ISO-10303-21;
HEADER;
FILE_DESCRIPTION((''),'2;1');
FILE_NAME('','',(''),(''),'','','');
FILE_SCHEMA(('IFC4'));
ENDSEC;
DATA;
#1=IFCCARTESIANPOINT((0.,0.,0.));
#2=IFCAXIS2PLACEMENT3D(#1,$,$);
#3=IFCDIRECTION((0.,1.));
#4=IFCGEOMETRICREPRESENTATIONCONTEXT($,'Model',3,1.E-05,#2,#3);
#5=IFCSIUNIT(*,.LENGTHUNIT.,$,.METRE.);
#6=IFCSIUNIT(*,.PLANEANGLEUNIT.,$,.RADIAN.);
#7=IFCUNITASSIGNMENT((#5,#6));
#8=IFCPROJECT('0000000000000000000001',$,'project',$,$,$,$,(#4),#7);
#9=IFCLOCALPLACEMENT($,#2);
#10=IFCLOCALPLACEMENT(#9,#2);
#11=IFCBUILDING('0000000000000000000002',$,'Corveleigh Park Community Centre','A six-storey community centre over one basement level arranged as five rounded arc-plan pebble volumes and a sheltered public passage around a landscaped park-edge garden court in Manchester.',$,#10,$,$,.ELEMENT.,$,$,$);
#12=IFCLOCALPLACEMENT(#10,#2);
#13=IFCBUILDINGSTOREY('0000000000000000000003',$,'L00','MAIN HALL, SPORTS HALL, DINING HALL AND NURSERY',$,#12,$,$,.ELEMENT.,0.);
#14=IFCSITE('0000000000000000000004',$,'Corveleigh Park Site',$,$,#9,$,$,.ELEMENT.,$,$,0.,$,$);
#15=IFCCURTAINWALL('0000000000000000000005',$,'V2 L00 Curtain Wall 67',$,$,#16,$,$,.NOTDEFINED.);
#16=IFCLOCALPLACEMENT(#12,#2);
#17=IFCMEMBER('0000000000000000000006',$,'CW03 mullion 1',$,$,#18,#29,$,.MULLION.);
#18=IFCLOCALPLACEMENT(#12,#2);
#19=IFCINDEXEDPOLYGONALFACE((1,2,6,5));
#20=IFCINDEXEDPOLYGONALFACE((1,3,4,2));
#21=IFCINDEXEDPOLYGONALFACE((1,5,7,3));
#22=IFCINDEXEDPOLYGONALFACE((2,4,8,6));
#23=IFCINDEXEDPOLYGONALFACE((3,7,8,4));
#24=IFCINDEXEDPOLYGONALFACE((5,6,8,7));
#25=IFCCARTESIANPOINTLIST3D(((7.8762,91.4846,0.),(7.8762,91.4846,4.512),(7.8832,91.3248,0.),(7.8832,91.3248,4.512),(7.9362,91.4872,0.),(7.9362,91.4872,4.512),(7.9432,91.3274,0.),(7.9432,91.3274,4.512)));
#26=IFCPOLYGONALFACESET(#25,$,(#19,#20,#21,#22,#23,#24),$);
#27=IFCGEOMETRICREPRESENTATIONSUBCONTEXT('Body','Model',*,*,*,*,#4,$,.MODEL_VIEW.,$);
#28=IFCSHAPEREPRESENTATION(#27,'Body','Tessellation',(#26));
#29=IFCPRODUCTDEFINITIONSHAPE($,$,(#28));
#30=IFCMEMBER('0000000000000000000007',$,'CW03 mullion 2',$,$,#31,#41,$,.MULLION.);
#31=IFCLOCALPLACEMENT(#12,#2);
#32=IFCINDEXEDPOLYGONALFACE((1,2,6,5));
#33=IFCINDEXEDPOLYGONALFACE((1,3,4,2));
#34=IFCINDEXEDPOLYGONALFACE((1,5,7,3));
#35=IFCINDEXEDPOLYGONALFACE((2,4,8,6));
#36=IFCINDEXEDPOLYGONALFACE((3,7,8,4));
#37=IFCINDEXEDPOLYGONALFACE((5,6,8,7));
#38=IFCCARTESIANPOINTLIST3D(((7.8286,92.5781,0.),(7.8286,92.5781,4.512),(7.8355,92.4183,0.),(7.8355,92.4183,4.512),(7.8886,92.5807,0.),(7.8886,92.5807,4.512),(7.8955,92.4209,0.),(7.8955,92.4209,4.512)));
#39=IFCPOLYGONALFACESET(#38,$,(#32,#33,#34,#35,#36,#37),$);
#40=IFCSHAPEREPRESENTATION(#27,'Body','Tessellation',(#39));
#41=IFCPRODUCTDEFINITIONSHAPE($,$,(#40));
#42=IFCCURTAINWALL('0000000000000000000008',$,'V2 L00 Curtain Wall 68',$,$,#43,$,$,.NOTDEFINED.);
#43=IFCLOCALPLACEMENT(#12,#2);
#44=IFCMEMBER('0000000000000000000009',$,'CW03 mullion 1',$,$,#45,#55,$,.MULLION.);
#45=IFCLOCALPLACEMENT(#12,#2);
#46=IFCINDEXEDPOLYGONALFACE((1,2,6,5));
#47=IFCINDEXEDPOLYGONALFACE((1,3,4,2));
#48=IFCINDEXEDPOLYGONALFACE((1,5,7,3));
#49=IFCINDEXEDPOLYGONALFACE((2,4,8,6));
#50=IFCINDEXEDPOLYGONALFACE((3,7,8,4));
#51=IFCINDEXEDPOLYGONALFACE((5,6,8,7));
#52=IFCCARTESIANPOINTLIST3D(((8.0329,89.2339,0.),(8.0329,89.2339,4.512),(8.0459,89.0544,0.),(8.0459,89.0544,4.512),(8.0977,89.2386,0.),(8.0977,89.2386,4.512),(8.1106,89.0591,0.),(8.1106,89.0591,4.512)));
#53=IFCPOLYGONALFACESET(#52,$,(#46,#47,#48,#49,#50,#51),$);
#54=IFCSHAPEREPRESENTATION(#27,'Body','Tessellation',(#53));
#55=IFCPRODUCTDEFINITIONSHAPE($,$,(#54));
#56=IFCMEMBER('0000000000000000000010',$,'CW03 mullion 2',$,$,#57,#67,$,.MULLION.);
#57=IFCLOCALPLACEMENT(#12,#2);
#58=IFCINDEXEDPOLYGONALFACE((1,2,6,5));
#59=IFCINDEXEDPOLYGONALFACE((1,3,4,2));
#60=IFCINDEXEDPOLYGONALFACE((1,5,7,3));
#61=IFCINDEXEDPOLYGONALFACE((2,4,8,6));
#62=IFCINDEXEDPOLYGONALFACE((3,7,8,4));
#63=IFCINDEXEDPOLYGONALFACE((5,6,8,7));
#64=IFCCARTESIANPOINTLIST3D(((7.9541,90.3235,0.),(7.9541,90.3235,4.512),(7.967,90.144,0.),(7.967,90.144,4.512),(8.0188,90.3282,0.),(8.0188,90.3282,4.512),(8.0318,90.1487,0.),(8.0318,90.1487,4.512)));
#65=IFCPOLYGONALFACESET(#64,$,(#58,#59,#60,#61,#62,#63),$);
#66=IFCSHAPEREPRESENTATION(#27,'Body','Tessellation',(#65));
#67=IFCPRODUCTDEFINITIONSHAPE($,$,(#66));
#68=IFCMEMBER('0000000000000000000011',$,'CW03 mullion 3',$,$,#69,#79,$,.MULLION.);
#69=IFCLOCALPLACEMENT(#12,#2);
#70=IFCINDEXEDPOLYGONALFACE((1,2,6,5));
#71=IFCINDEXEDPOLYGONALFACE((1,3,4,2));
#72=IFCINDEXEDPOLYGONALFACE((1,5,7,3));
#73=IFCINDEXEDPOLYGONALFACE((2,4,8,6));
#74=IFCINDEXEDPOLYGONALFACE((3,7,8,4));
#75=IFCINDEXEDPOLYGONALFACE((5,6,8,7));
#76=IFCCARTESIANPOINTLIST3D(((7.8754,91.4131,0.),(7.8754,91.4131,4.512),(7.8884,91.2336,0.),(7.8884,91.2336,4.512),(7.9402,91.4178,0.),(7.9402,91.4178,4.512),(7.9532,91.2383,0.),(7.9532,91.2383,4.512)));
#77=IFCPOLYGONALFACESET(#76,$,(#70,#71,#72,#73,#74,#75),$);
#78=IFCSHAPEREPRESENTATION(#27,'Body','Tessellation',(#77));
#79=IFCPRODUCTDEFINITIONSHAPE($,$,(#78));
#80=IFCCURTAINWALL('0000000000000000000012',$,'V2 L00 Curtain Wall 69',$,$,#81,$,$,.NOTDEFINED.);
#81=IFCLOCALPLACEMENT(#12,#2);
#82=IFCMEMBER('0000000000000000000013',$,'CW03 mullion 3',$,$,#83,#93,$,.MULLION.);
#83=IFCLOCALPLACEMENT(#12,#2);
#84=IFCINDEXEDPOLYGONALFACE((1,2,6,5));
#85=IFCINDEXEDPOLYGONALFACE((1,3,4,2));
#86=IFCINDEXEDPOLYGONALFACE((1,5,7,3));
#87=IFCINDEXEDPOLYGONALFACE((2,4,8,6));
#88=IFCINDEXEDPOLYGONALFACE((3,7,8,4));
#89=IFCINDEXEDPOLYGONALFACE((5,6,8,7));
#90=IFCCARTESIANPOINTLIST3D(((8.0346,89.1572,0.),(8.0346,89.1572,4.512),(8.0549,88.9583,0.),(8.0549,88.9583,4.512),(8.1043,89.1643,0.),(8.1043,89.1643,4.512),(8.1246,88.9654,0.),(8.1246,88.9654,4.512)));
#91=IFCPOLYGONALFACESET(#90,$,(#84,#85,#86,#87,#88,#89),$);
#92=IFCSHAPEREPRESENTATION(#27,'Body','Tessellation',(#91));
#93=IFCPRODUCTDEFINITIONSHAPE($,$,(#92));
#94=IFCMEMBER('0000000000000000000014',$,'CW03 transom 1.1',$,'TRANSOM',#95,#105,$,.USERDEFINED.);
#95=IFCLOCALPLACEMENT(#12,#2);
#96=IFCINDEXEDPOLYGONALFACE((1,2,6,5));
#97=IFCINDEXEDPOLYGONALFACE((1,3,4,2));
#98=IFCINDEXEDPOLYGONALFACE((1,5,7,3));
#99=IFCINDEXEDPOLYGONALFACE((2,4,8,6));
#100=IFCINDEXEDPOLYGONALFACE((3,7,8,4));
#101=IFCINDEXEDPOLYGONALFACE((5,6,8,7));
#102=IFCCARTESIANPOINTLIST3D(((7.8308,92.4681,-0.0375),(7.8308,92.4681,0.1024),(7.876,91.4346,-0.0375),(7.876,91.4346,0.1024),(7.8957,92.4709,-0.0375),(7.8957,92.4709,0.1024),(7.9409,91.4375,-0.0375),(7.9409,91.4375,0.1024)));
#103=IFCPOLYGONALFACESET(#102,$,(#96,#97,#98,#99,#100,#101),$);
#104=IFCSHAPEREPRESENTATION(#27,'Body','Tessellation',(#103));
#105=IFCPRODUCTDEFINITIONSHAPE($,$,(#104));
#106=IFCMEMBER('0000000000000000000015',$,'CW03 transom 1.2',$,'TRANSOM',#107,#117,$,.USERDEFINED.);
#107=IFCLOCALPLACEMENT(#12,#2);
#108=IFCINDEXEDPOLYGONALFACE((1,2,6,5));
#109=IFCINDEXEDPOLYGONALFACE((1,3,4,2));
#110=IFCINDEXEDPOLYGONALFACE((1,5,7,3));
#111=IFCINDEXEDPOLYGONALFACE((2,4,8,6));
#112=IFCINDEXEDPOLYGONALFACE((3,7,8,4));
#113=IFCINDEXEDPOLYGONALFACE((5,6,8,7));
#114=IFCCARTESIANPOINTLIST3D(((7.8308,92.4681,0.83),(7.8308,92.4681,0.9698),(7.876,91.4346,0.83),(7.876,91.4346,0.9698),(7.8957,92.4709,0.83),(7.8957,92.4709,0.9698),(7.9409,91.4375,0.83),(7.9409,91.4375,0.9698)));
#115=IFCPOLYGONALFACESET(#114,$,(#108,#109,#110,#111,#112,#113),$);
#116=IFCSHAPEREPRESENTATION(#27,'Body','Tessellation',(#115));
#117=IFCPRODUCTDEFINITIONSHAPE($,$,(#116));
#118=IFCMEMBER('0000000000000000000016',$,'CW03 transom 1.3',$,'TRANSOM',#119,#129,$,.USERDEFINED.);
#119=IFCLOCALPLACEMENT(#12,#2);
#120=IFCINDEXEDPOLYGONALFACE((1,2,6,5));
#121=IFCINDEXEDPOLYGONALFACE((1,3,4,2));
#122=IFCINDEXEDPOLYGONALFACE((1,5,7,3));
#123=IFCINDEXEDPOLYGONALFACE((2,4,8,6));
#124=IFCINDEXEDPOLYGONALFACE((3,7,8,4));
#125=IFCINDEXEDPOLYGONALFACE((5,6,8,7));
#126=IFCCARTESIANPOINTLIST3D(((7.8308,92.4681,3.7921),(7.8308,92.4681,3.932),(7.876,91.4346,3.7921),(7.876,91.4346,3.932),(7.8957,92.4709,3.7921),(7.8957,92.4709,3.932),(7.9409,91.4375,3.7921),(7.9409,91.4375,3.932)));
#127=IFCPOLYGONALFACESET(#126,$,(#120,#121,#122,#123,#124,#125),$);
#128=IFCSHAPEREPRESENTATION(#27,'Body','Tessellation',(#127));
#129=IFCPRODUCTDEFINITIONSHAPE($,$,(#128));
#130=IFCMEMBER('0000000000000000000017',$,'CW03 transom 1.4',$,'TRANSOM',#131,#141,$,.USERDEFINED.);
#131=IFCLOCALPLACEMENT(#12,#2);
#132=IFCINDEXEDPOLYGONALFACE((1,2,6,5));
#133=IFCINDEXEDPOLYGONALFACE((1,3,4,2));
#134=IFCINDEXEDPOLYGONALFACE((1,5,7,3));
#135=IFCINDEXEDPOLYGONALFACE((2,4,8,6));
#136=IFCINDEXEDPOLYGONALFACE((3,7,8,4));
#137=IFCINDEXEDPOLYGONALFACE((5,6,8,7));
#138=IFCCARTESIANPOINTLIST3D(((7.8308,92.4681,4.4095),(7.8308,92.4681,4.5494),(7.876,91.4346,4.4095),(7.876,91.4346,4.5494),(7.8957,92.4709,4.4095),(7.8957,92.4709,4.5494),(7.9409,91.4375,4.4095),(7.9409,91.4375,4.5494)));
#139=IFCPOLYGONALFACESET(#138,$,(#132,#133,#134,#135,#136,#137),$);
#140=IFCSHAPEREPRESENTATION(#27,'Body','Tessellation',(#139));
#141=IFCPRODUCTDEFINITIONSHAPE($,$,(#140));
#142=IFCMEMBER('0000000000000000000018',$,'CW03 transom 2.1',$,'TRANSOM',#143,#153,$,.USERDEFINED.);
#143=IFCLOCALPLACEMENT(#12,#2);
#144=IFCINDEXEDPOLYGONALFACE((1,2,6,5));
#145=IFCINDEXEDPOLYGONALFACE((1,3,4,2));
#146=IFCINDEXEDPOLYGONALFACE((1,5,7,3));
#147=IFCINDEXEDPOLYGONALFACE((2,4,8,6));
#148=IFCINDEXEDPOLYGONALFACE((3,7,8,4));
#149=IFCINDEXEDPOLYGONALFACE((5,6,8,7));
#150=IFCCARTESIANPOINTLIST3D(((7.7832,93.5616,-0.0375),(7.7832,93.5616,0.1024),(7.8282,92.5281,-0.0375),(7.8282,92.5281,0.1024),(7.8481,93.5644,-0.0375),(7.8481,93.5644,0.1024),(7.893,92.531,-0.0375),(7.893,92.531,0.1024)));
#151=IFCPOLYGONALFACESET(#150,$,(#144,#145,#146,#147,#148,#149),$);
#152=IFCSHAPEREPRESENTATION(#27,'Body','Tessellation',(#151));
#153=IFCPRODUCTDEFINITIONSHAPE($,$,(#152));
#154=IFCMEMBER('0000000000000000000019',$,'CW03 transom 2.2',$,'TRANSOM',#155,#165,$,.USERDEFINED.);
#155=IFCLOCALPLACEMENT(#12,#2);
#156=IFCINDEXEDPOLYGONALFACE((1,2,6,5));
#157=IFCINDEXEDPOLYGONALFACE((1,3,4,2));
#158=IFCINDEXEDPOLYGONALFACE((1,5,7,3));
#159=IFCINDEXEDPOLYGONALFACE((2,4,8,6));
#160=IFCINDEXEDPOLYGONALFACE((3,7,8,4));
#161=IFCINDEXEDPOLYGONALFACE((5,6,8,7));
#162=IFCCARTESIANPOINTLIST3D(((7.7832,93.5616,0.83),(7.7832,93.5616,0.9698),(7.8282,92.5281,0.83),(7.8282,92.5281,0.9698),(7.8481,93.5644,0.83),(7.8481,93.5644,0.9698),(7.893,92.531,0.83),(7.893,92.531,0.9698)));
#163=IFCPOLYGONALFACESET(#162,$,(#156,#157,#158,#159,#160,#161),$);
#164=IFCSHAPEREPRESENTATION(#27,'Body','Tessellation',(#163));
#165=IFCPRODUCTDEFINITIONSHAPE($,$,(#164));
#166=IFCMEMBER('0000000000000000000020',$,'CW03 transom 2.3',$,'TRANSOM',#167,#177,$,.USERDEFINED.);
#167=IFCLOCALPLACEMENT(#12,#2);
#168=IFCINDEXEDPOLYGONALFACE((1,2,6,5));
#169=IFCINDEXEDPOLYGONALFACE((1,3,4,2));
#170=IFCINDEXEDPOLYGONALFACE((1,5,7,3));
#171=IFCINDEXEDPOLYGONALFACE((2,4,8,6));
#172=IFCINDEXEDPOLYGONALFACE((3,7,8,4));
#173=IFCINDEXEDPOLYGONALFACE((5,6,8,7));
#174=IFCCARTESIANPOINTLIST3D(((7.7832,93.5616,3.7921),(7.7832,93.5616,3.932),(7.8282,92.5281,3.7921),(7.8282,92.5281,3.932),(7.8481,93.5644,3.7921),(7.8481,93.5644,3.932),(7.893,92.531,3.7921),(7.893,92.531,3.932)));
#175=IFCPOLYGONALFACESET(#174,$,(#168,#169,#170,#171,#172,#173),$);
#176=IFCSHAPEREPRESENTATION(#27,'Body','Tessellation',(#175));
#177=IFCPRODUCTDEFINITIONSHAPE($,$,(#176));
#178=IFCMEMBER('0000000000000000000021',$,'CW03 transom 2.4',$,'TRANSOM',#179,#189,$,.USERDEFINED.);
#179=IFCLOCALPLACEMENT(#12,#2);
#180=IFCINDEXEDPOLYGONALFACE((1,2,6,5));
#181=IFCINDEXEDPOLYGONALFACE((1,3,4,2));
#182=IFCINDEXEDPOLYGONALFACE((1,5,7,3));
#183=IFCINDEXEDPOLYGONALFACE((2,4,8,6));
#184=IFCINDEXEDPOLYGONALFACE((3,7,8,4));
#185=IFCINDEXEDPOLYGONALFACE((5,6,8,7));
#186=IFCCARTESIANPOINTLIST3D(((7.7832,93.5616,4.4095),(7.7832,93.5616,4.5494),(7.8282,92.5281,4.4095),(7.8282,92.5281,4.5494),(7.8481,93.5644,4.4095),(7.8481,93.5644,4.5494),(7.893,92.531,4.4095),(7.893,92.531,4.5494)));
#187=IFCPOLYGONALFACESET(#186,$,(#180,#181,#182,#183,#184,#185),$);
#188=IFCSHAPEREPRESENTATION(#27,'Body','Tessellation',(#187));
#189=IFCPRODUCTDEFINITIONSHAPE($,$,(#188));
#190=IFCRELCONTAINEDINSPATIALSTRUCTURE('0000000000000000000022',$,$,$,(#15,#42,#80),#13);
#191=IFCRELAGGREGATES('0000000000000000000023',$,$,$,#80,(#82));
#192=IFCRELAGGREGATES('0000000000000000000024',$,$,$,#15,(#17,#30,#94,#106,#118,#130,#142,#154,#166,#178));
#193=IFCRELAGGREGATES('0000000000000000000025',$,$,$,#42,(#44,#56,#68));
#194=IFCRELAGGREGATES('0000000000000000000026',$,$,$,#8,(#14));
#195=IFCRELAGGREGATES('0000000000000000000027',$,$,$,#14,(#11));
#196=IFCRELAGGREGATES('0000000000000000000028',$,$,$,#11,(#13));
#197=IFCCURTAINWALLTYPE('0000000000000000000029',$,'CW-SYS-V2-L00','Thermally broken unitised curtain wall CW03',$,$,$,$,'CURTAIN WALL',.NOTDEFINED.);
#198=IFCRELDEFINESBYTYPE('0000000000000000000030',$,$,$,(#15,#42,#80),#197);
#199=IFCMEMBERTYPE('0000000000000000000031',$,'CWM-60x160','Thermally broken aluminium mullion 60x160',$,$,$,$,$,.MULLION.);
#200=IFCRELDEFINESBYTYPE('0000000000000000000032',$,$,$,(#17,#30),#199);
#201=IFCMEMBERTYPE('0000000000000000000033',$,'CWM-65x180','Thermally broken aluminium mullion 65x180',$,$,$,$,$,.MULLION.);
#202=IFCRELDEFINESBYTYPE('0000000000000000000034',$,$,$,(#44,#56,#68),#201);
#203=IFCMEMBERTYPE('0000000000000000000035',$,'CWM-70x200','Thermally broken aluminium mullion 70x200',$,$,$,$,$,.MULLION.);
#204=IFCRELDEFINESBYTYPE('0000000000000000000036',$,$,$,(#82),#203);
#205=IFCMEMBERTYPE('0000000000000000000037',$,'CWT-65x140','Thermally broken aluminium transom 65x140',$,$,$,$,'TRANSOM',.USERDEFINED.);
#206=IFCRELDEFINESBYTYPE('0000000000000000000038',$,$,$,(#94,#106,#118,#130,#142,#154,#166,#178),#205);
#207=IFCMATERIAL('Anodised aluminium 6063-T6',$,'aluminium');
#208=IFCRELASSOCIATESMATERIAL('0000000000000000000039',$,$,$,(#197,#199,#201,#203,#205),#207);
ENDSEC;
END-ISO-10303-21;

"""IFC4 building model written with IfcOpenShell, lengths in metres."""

from ifc_helpers import new_model, si_unit, direction, frame, origin, origin_2d, place, context, subcontext, project, spatial, rectangle, extrude, material, material_profile, profile_set, type_object, element, aggregate, save


model = new_model("IFC4")

# Units and contexts
model_context = context("Model", 3, precision=1e-05, world=origin(), true_north=direction((0.0, 1.0)))
body_context = subcontext(model_context, "Body", "Model", "MODEL_VIEW")
ifc_project = project(units=[si_unit("LENGTHUNIT", "METRE"), si_unit("PLANEANGLEUNIT", "RADIAN")], contexts=[model_context])

# Site, building, storey
site_placement = place(None, origin())
site = spatial("IfcSite", under=ifc_project, at=site_placement, Name="Corveleigh Park Site", CompositionType="ELEMENT", RefElevation=0.0)
building_placement = place(site_placement, origin())
building = spatial("IfcBuilding", under=site, at=building_placement, Name="Corveleigh Park Community Centre", Description="A six-storey community centre over one basement level arranged as five rounded arc-plan pebble volumes and a sheltered public passage around a landscaped park-edge garden court in Manchester.", CompositionType="ELEMENT")
storey_placement = place(building_placement, origin())
storey = spatial("IfcBuildingStorey", under=building, at=storey_placement, Name="L00", Description="MAIN HALL, SPORTS HALL, DINING HALL AND NURSERY", CompositionType="ELEMENT", Elevation=0.0)

# Curtain walls, members
ifc_material_1 = material(Name="Anodised aluminium 6063-T6", Category="aluminium")
curtain_wall_type = type_object("IfcCurtainWallType", Name="CW-SYS-V2-L00", Description="Thermally broken unitised curtain wall CW03", ElementType="CURTAIN WALL", PredefinedType="NOTDEFINED", material=ifc_material_1)
curtain_wall_1_placement = place(storey_placement, origin())
curtain_wall_1 = element("IfcCurtainWall", 1, at=curtain_wall_1_placement, inside=storey, type_object=curtain_wall_type, Name="V2 L00 Curtain Wall 67", PredefinedType="NOTDEFINED")
ifc_material_profile_1 = material_profile(ifc_material_1, rectangle(XDim=0.0601, YDim=0.1599, at=origin_2d()), Name="ALU-M60x160", Category="aluminium")
ifc_profile_set_1 = profile_set([ifc_material_profile_1], Name="Anodised aluminium 6063-T6")
member_type_1 = type_object("IfcMemberType", Name="CWM-60x160", Description="Thermally broken aluminium mullion 60x160", PredefinedType="MULLION", material=ifc_profile_set_1)
member_1_placement = place(storey_placement, frame((7.9097, 91.406, 0.0), z_axis=(0.0, 0.0, 1.0), x_axis=(-0.99905, -0.043572, 0.0)))
member_1 = element("IfcMember", 2, at=member_1_placement, type_object=member_type_1, Name="CW03 mullion 1", PredefinedType="MULLION", context=body_context, shape_type="SweptSolid", body=[
    extrude(rectangle(XDim=0.0601, YDim=0.1599, at=origin_2d()), origin(), (0.0, 0.0, 1.0), 4.512),
])
member_2_placement = place(storey_placement, frame((7.8621, 92.4995, 0.0), z_axis=(0.0, 0.0, 1.0), x_axis=(-0.99905, -0.043572, 0.0)))
member_2 = element("IfcMember", 3, at=member_2_placement, type_object=member_type_1, Name="CW03 mullion 2", PredefinedType="MULLION", context=body_context, shape_type="SweptSolid", body=[
    extrude(rectangle(XDim=0.0601, YDim=0.1599, at=origin_2d()), origin(), (0.0, 0.0, 1.0), 4.512),
])
curtain_wall_2_placement = place(storey_placement, origin())
curtain_wall_2 = element("IfcCurtainWall", 4, at=curtain_wall_2_placement, inside=storey, type_object=curtain_wall_type, Name="V2 L00 Curtain Wall 68", PredefinedType="NOTDEFINED")
ifc_material_profile_2 = material_profile(ifc_material_1, rectangle(XDim=0.0649, YDim=0.1799, at=origin_2d()), Name="ALU-M65x180", Category="aluminium")
ifc_profile_set_2 = profile_set([ifc_material_profile_2], Name="Anodised aluminium 6063-T6")
member_type_2 = type_object("IfcMemberType", Name="CWM-65x180", Description="Thermally broken aluminium mullion 65x180", PredefinedType="MULLION", material=ifc_profile_set_2)
member_3_placement = place(storey_placement, frame((8.0718, 89.1465, 0.0), z_axis=(0.0, 0.0, 1.0), x_axis=(-0.997404, -0.072005, 0.0)))
member_3 = element("IfcMember", 5, at=member_3_placement, type_object=member_type_2, Name="CW03 mullion 1", PredefinedType="MULLION", context=body_context, shape_type="SweptSolid", body=[
    extrude(rectangle(XDim=0.0649, YDim=0.1799, at=origin_2d()), origin(), (0.0, 0.0, 1.0), 4.512),
])
member_4_placement = place(storey_placement, frame((7.9929, 90.2361, 0.0), z_axis=(0.0, 0.0, 1.0), x_axis=(-0.997404, -0.072005, 0.0)))
member_4 = element("IfcMember", 6, at=member_4_placement, type_object=member_type_2, Name="CW03 mullion 2", PredefinedType="MULLION", context=body_context, shape_type="SweptSolid", body=[
    extrude(rectangle(XDim=0.0649, YDim=0.1799, at=origin_2d()), origin(), (0.0, 0.0, 1.0), 4.512),
])
member_5_placement = place(storey_placement, frame((7.9143, 91.3257, 0.0), z_axis=(0.0, 0.0, 1.0), x_axis=(-0.997404, -0.072005, 0.0)))
member_5 = element("IfcMember", 7, at=member_5_placement, type_object=member_type_2, Name="CW03 mullion 3", PredefinedType="MULLION", context=body_context, shape_type="SweptSolid", body=[
    extrude(rectangle(XDim=0.0649, YDim=0.1799, at=origin_2d()), origin(), (0.0, 0.0, 1.0), 4.512),
])

# Curtain wall, member
curtain_wall_3_placement = place(storey_placement, origin())
curtain_wall_3 = element("IfcCurtainWall", 8, at=curtain_wall_3_placement, inside=storey, type_object=curtain_wall_type, Name="V2 L00 Curtain Wall 69", PredefinedType="NOTDEFINED")
ifc_material_profile_3 = material_profile(ifc_material_1, rectangle(XDim=0.0701, YDim=0.2, at=origin_2d()), Name="ALU-M70x200", Category="aluminium")
ifc_profile_set_3 = profile_set([ifc_material_profile_3], Name="Anodised aluminium 6063-T6")
member_type_3 = type_object("IfcMemberType", Name="CWM-70x200", Description="Thermally broken aluminium mullion 70x200", PredefinedType="MULLION", material=ifc_profile_set_3)
member_6_placement = place(storey_placement, frame((8.0796, 89.0613, 0.0), z_axis=(0.0, 0.0, 1.0), x_axis=(-0.994851, -0.101352, 0.0)))
member_6 = element("IfcMember", 9, at=member_6_placement, type_object=member_type_3, Name="CW03 mullion 3", PredefinedType="MULLION", context=body_context, shape_type="SweptSolid", body=[
    extrude(rectangle(XDim=0.0701, YDim=0.2, at=origin_2d()), origin(), (0.0, 0.0, 1.0), 4.512),
])
aggregate(curtain_wall_3, [member_6])

# Members
ifc_material_profile_4 = material_profile(ifc_material_1, rectangle(XDim=0.0649, YDim=0.1399, at=origin_2d()), Name="ALU-T65x140", Category="aluminium")
ifc_profile_set_4 = profile_set([ifc_material_profile_4], Name="Anodised aluminium 6063-T6")
member_type_4 = type_object("IfcMemberType", Name="CWT-65x140", Description="Thermally broken aluminium transom 65x140", ElementType="TRANSOM", PredefinedType="USERDEFINED", material=ifc_profile_set_4)
member_7_placement = place(storey_placement, frame((7.9084, 91.436, 0.0325), z_axis=(-0.043663, 0.999046, 0.0), x_axis=(-0.999046, -0.043663, 0.0)))
member_7 = element("IfcMember", 10, at=member_7_placement, type_object=member_type_4, Name="CW03 transom 1.1", ObjectType="TRANSOM", PredefinedType="USERDEFINED", context=body_context, shape_type="SweptSolid", body=[
    extrude(rectangle(XDim=0.0649, YDim=0.1399, at=origin_2d()), origin(), (0.0, 0.0, 1.0), 1.0344),
])
member_8_placement = place(storey_placement, frame((7.9084, 91.436, 0.8999), z_axis=(-0.043663, 0.999046, 0.0), x_axis=(-0.999046, -0.043663, 0.0)))
member_8 = element("IfcMember", 11, at=member_8_placement, type_object=member_type_4, Name="CW03 transom 1.2", ObjectType="TRANSOM", PredefinedType="USERDEFINED", context=body_context, shape_type="SweptSolid", body=[
    extrude(rectangle(XDim=0.0649, YDim=0.1399, at=origin_2d()), origin(), (0.0, 0.0, 1.0), 1.0344),
])
member_9_placement = place(storey_placement, frame((7.9084, 91.436, 3.8621), z_axis=(-0.043663, 0.999046, 0.0), x_axis=(-0.999046, -0.043663, 0.0)))
member_9 = element("IfcMember", 12, at=member_9_placement, type_object=member_type_4, Name="CW03 transom 1.3", ObjectType="TRANSOM", PredefinedType="USERDEFINED", context=body_context, shape_type="SweptSolid", body=[
    extrude(rectangle(XDim=0.0649, YDim=0.1399, at=origin_2d()), origin(), (0.0, 0.0, 1.0), 1.0344),
])
member_10_placement = place(storey_placement, frame((7.9084, 91.436, 4.4795), z_axis=(-0.043663, 0.999046, 0.0), x_axis=(-0.999046, -0.043663, 0.0)))
member_10 = element("IfcMember", 13, at=member_10_placement, type_object=member_type_4, Name="CW03 transom 1.4", ObjectType="TRANSOM", PredefinedType="USERDEFINED", context=body_context, shape_type="SweptSolid", body=[
    extrude(rectangle(XDim=0.0649, YDim=0.1399, at=origin_2d()), origin(), (0.0, 0.0, 1.0), 1.0344),
])
member_11_placement = place(storey_placement, frame((7.8606, 92.5295, 0.0325), z_axis=(-0.043427, 0.999057, 0.0), x_axis=(-0.999057, -0.043427, 0.0)))
member_11 = element("IfcMember", 14, at=member_11_placement, type_object=member_type_4, Name="CW03 transom 2.1", ObjectType="TRANSOM", PredefinedType="USERDEFINED", context=body_context, shape_type="SweptSolid", body=[
    extrude(rectangle(XDim=0.0649, YDim=0.1399, at=origin_2d()), origin(), (0.0, 0.0, 1.0), 1.0344),
])
member_12_placement = place(storey_placement, frame((7.8606, 92.5295, 0.8999), z_axis=(-0.043427, 0.999057, 0.0), x_axis=(-0.999057, -0.043427, 0.0)))
member_12 = element("IfcMember", 15, at=member_12_placement, type_object=member_type_4, Name="CW03 transom 2.2", ObjectType="TRANSOM", PredefinedType="USERDEFINED", context=body_context, shape_type="SweptSolid", body=[
    extrude(rectangle(XDim=0.0649, YDim=0.1399, at=origin_2d()), origin(), (0.0, 0.0, 1.0), 1.0344),
])
member_13_placement = place(storey_placement, frame((7.8606, 92.5295, 3.8621), z_axis=(-0.043427, 0.999057, 0.0), x_axis=(-0.999057, -0.043427, 0.0)))
member_13 = element("IfcMember", 16, at=member_13_placement, type_object=member_type_4, Name="CW03 transom 2.3", ObjectType="TRANSOM", PredefinedType="USERDEFINED", context=body_context, shape_type="SweptSolid", body=[
    extrude(rectangle(XDim=0.0649, YDim=0.1399, at=origin_2d()), origin(), (0.0, 0.0, 1.0), 1.0344),
])
member_14_placement = place(storey_placement, frame((7.8606, 92.5295, 4.4795), z_axis=(-0.043427, 0.999057, 0.0), x_axis=(-0.999057, -0.043427, 0.0)))
member_14 = element("IfcMember", 17, at=member_14_placement, type_object=member_type_4, Name="CW03 transom 2.4", ObjectType="TRANSOM", PredefinedType="USERDEFINED", context=body_context, shape_type="SweptSolid", body=[
    extrude(rectangle(XDim=0.0649, YDim=0.1399, at=origin_2d()), origin(), (0.0, 0.0, 1.0), 1.0344),
])

aggregate(curtain_wall_1, [member_1, member_2, member_7, member_8, member_9, member_10, member_11, member_12, member_13, member_14])
aggregate(curtain_wall_2, [member_3, member_4, member_5])

save(model, "model.ifc")
